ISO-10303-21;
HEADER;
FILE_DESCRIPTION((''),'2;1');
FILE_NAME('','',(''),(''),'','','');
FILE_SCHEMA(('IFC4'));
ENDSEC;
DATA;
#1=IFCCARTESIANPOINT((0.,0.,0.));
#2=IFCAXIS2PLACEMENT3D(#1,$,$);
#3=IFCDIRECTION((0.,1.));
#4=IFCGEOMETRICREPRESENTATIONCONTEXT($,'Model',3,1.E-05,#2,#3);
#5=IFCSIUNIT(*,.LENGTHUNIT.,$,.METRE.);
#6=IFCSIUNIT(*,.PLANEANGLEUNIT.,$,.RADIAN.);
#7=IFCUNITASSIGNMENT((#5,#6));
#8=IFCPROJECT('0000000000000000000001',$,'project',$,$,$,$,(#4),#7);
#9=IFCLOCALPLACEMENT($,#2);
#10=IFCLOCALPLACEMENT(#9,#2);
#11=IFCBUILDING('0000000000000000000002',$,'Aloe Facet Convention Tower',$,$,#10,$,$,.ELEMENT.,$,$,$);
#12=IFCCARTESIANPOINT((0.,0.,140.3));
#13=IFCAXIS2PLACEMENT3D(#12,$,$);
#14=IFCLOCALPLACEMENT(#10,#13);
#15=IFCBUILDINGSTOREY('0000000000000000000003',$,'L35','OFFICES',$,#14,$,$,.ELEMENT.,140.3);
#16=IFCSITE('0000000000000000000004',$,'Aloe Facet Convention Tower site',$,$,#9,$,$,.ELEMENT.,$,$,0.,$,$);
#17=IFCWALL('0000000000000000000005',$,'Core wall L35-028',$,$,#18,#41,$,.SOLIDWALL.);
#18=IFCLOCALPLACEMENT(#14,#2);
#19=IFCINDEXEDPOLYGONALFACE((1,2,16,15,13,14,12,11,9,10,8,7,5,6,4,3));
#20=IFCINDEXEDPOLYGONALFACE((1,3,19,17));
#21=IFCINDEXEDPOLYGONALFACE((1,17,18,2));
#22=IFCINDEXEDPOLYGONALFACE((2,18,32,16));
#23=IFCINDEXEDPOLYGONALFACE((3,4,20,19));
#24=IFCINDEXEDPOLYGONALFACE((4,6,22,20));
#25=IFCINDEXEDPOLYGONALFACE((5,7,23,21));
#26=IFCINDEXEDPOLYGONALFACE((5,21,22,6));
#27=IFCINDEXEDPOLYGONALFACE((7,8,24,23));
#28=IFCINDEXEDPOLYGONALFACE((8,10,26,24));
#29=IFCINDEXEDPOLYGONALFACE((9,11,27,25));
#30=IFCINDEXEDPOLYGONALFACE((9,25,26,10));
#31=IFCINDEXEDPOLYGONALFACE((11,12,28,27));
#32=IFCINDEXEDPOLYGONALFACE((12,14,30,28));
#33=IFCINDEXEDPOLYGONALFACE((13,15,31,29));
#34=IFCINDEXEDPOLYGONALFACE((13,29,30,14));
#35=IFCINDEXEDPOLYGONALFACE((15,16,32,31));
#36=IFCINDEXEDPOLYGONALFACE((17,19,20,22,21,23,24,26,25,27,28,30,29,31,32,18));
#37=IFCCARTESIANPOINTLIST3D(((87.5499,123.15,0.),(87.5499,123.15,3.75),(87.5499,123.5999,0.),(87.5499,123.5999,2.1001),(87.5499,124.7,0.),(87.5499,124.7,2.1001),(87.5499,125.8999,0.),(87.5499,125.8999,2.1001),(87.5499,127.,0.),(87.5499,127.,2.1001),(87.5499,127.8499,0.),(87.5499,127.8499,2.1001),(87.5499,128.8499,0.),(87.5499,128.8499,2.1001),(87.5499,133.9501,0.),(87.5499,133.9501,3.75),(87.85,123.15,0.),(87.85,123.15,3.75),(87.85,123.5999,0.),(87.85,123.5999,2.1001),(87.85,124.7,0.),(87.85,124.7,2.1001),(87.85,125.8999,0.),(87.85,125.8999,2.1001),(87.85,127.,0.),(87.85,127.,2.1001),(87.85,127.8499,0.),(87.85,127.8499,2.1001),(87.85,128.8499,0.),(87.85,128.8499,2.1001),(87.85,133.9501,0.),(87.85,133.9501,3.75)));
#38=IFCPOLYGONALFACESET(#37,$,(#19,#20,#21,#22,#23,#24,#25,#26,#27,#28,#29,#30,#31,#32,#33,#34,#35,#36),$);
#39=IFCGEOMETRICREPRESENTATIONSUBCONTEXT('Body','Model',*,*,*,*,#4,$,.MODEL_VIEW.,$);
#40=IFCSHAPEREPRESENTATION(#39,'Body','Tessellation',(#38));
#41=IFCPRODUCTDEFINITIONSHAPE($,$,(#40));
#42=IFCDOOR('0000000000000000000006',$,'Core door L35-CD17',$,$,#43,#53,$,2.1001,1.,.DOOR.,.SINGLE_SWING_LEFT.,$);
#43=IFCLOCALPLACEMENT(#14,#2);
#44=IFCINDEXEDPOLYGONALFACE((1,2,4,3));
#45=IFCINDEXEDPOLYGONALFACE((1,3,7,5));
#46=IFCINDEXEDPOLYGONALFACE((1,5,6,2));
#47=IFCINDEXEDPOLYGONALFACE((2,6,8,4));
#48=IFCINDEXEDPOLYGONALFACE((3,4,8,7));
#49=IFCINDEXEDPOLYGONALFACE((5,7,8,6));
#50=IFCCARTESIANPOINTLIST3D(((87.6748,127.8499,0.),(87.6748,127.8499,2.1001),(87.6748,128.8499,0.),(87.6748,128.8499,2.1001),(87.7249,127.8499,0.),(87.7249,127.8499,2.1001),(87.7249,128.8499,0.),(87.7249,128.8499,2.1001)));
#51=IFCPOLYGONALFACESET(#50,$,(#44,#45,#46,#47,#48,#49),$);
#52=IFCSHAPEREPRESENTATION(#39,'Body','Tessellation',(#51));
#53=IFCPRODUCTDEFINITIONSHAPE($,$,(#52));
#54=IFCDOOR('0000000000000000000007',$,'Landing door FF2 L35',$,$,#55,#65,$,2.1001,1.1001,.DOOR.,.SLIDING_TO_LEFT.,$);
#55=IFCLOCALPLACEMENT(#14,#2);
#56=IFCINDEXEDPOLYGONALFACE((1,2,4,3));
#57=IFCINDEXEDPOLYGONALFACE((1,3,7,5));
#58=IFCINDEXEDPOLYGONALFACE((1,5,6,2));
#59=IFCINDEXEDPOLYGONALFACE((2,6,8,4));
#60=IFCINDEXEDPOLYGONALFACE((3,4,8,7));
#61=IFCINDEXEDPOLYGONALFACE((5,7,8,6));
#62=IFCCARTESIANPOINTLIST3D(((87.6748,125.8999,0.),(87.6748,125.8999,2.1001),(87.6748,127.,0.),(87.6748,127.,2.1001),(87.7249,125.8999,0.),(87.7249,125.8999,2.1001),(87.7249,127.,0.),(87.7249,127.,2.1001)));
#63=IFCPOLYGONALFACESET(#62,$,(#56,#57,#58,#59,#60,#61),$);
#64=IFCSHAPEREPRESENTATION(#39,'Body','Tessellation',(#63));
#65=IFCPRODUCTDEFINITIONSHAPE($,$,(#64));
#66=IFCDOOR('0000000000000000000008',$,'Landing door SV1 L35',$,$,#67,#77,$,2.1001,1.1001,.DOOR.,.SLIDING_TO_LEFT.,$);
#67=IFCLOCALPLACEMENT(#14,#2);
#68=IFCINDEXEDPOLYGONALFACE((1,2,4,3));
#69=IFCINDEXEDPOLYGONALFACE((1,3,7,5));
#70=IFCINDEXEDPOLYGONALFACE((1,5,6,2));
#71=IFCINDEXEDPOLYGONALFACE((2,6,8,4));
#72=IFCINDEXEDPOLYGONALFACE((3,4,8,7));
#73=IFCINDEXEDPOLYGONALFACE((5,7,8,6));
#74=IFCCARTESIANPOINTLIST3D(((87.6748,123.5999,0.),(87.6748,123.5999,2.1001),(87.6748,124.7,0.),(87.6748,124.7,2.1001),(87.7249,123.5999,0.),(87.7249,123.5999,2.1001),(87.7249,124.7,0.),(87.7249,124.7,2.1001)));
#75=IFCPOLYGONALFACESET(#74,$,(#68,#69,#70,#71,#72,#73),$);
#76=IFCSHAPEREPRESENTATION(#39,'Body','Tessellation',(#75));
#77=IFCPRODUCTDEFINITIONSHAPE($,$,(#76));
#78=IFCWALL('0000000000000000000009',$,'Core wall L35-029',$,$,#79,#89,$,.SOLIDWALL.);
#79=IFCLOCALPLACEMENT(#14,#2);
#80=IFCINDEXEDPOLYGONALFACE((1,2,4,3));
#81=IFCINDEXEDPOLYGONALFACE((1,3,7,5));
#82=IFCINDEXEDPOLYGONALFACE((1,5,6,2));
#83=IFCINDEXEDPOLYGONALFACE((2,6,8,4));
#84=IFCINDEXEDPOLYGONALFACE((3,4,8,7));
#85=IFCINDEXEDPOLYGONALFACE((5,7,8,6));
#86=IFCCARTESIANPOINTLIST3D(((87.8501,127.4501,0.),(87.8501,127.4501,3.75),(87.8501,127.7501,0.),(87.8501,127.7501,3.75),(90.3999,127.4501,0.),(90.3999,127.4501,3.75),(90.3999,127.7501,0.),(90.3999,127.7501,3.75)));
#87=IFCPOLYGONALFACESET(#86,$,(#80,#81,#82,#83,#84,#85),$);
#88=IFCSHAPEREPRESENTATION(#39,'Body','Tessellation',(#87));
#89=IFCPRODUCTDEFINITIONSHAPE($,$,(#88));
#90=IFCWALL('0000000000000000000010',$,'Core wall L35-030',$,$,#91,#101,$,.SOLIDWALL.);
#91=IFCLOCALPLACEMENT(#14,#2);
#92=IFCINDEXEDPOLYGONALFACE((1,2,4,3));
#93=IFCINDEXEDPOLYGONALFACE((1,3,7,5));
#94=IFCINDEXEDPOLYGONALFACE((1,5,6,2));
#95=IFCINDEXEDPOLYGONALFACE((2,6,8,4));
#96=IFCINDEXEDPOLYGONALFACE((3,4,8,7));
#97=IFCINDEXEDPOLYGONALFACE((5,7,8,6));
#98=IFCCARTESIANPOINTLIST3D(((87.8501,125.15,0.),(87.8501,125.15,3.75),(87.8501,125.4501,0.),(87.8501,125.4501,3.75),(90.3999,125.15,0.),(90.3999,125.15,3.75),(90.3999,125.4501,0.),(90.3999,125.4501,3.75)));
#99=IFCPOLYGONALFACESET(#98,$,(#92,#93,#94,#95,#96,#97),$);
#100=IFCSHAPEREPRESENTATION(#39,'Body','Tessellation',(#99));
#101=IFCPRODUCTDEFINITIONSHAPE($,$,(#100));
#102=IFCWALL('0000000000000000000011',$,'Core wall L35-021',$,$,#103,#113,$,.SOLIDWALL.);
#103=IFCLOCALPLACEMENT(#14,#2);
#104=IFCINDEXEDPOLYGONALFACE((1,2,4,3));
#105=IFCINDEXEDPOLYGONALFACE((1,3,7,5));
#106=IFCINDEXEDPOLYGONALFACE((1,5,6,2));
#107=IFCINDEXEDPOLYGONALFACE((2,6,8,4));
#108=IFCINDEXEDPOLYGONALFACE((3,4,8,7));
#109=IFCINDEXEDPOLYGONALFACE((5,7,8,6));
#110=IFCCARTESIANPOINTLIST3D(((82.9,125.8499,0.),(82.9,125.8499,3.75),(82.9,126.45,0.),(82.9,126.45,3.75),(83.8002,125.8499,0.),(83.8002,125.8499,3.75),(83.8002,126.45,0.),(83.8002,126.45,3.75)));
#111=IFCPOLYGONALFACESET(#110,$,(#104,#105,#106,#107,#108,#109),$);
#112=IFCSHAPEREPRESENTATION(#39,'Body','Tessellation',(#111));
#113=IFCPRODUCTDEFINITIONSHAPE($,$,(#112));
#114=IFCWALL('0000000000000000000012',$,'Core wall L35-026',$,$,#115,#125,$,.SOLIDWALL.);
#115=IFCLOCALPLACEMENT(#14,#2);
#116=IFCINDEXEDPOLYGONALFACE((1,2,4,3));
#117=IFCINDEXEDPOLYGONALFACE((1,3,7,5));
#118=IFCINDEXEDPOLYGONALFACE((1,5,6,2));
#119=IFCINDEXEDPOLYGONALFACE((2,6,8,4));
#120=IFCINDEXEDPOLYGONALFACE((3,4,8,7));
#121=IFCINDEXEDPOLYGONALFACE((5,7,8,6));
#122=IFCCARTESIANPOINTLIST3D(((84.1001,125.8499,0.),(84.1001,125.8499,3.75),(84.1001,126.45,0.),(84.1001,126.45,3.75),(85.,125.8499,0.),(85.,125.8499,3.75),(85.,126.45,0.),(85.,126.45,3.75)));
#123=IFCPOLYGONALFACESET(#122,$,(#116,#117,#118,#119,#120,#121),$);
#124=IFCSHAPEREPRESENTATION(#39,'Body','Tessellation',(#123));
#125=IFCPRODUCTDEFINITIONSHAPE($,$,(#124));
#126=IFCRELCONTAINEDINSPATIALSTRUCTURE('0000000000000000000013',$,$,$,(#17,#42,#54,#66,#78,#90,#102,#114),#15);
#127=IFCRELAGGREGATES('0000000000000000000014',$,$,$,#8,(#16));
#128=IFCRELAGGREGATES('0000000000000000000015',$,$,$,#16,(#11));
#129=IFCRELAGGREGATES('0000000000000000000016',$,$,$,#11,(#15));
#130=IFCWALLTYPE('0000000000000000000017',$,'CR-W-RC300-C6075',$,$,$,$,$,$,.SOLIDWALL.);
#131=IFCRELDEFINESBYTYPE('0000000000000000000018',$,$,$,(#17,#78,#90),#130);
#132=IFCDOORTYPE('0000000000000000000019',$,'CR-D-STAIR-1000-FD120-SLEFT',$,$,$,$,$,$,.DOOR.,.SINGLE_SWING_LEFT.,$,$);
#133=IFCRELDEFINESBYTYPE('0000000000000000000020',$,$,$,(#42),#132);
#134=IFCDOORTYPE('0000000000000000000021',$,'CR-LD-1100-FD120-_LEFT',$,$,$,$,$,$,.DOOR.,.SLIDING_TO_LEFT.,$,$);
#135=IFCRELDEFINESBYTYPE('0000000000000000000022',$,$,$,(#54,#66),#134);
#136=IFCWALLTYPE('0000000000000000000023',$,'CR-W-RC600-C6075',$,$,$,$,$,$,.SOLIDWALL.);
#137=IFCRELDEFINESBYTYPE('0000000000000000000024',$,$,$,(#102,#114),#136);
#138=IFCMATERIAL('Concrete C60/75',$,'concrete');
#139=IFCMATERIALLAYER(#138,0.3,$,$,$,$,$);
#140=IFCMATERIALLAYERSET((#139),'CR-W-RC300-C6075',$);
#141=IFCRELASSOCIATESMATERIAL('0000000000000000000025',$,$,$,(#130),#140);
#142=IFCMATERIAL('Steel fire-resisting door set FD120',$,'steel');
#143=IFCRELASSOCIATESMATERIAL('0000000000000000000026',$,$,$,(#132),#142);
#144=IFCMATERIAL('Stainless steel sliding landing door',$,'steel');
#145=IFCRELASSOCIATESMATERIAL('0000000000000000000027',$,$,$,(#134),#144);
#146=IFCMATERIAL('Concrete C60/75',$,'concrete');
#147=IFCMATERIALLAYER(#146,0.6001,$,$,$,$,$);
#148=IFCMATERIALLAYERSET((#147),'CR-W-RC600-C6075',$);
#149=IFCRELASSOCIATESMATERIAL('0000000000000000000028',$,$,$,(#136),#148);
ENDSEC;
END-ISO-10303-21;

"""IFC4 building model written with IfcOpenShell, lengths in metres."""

from ifc_helpers import new_model, si_unit, direction, frame, frame_2d, origin, place, context, subcontext, project, spatial, rectangle, extrude, material, layer, layer_set, type_object, element, fill, save


model = new_model("IFC4")

# Units and contexts
model_context = context("Model", 3, precision=1e-05, world=origin(), true_north=direction((0.0, 1.0)))
body_context = subcontext(model_context, "Body", "Model", "MODEL_VIEW")
ifc_project = project(units=[si_unit("LENGTHUNIT", "METRE"), si_unit("PLANEANGLEUNIT", "RADIAN")], contexts=[model_context])

# Site, building, storey
site_placement = place(None, origin())
site = spatial("IfcSite", under=ifc_project, at=site_placement, Name="Aloe Facet Convention Tower site", CompositionType="ELEMENT", RefElevation=0.0)
building_placement = place(site_placement, origin())
building = spatial("IfcBuilding", under=site, at=building_placement, Name="Aloe Facet Convention Tower", CompositionType="ELEMENT")
storey_placement = place(building_placement, frame((0.0, 0.0, 140.3)))
storey = spatial("IfcBuildingStorey", under=building, at=storey_placement, Name="L35", Description="OFFICES", CompositionType="ELEMENT", Elevation=140.3)

# Shared definitions
ifc_material_1 = material(Name="Concrete C60/75", Category="concrete")
ifc_layer_1 = layer(ifc_material_1, 0.3)
ifc_layer_set_1 = layer_set([ifc_layer_1], Name="CR-W-RC300-C6075")
wall_type_1 = type_object("IfcWallType", Name="CR-W-RC300-C6075", PredefinedType="SOLIDWALL", material=ifc_layer_set_1)

# Wall, openings, doors
wall_1_placement = place(storey_placement, frame((87.7, 133.95, 0.0), z_axis=(0.0, 0.0, 1.0), x_axis=(0.0, -1.0, 0.0)))
wall_1 = element("IfcWall", 1, at=wall_1_placement, inside=storey, type_object=wall_type_1, Name="Core wall L35-028", PredefinedType="SOLIDWALL", context=body_context, shape_type="SweptSolid", body=[
    extrude(rectangle(XDim=10.8, YDim=0.3, at=frame_2d((5.3999, 0.0))), origin(), (0.0, 0.0, 1.0), 3.75),
])
opening_1_placement = place(wall_1_placement, frame((6.95, 0.0, 0.0)))
opening_1 = element("IfcOpeningElement", 2, at=opening_1_placement, cuts=wall_1, PredefinedType="OPENING", context=body_context, shape_type="SweptSolid", body=[
    extrude(rectangle(XDim=1.1001, YDim=2.1001, at=frame_2d((0.55, 1.05))), frame((0.0, 0.1602, 0.0), z_axis=(0.0, -1.0, 0.0), x_axis=(1.0, 0.0, 0.0)), (0.0, 0.0, 1.0), 0.3201),
])
opening_2_placement = place(wall_1_placement, frame((5.1001, 0.0, 0.0)))
opening_2 = element("IfcOpeningElement", 3, at=opening_2_placement, cuts=wall_1, PredefinedType="OPENING", context=body_context, shape_type="SweptSolid", body=[
    extrude(rectangle(XDim=1.0, YDim=2.1001, at=frame_2d((0.5, 1.05))), frame((0.0, 0.1602, 0.0), z_axis=(0.0, -1.0, 0.0), x_axis=(1.0, 0.0, 0.0)), (0.0, 0.0, 1.0), 0.3201),
])
opening_3_placement = place(wall_1_placement, frame((9.25, 0.0, 0.0)))
opening_3 = element("IfcOpeningElement", 4, at=opening_3_placement, cuts=wall_1, PredefinedType="OPENING", context=body_context, shape_type="SweptSolid", body=[
    extrude(rectangle(XDim=1.1001, YDim=2.1001, at=frame_2d((0.55, 1.05))), frame((0.0, 0.1602, 0.0), z_axis=(0.0, -1.0, 0.0), x_axis=(1.0, 0.0, 0.0)), (0.0, 0.0, 1.0), 0.3201),
])
ifc_material_2 = material(Name="Steel fire-resisting door set FD120", Category="steel")
door_type_1 = type_object("IfcDoorType", Name="CR-D-STAIR-1000-FD120-SLEFT", OperationType="SINGLE_SWING_LEFT", PredefinedType="DOOR", material=ifc_material_2)
door_1_placement = place(opening_2_placement, origin())
door_1 = element("IfcDoor", 5, at=door_1_placement, inside=storey, type_object=door_type_1, Name="Core door L35-CD17", OperationType="SINGLE_SWING_LEFT", OverallHeight=2.1001, OverallWidth=1.0, PredefinedType="DOOR", context=body_context, shape_type="SweptSolid", body=[
    extrude(rectangle(XDim=1.0, YDim=2.1001, at=frame_2d((0.5, 1.05))), frame((0.0, 0.0249, 0.0), z_axis=(0.0, -1.0, 0.0), x_axis=(1.0, 0.0, 0.0)), (0.0, 0.0, 1.0), 0.05),
])
fill(opening_2, door_1)
ifc_material_3 = material(Name="Stainless steel sliding landing door", Category="steel")
door_type_2 = type_object("IfcDoorType", Name="CR-LD-1100-FD120-_LEFT", OperationType="SLIDING_TO_LEFT", PredefinedType="DOOR", material=ifc_material_3)
door_2_placement = place(opening_1_placement, origin())
door_2 = element("IfcDoor", 6, at=door_2_placement, inside=storey, type_object=door_type_2, Name="Landing door FF2 L35", OperationType="SLIDING_TO_LEFT", OverallHeight=2.1001, OverallWidth=1.1001, PredefinedType="DOOR", context=body_context, shape_type="SweptSolid", body=[
    extrude(rectangle(XDim=1.1001, YDim=2.1001, at=frame_2d((0.55, 1.05))), frame((0.0, 0.0249, 0.0), z_axis=(0.0, -1.0, 0.0), x_axis=(1.0, 0.0, 0.0)), (0.0, 0.0, 1.0), 0.05),
])
fill(opening_1, door_2)
door_3_placement = place(opening_3_placement, origin())
door_3 = element("IfcDoor", 7, at=door_3_placement, inside=storey, type_object=door_type_2, Name="Landing door SV1 L35", OperationType="SLIDING_TO_LEFT", OverallHeight=2.1001, OverallWidth=1.1001, PredefinedType="DOOR", context=body_context, shape_type="SweptSolid", body=[
    extrude(rectangle(XDim=1.1001, YDim=2.1001, at=frame_2d((0.55, 1.05))), frame((0.0, 0.0249, 0.0), z_axis=(0.0, -1.0, 0.0), x_axis=(1.0, 0.0, 0.0)), (0.0, 0.0, 1.0), 0.05),
])
fill(opening_3, door_3)

# Walls
for number, where, z_axis, x_axis, name in (
    (8, (87.8501, 127.6001, 0.0), (0.0, 0.0, 1.0), (1.0, 0.0, 0.0), "Core wall L35-029"),
    (9, (87.8501, 125.3, 0.0), (0.0, 0.0, 1.0), (1.0, 0.0, 0.0), "Core wall L35-030"),
):
    element("IfcWall", number, at=place(storey_placement, frame(where, z_axis=z_axis, x_axis=x_axis)), inside=storey, type_object=wall_type_1, Name=name, PredefinedType="SOLIDWALL", context=body_context, shape_type="SweptSolid", body=[
        extrude(rectangle(XDim=2.5498, YDim=0.3, at=frame_2d((1.2749, 0.0))), origin(), (0.0, 0.0, 1.0), 3.75),
    ])
ifc_material_4 = material(Name="Concrete C60/75", Category="concrete")
ifc_layer_2 = layer(ifc_material_4, 0.6001)
ifc_layer_set_2 = layer_set([ifc_layer_2], Name="CR-W-RC600-C6075")
wall_type_2 = type_object("IfcWallType", Name="CR-W-RC600-C6075", PredefinedType="SOLIDWALL", material=ifc_layer_set_2)
wall_2_placement = place(storey_placement, frame((82.8999, 126.1499, 0.0), z_axis=(0.0, 0.0, 1.0), x_axis=(1.0, 0.0, 0.0)))
element("IfcWall", 10, at=wall_2_placement, inside=storey, type_object=wall_type_2, Name="Core wall L35-021", PredefinedType="SOLIDWALL", context=body_context, shape_type="SweptSolid", body=[
    extrude(rectangle(XDim=0.9001, YDim=0.6001, at=frame_2d((0.4502, 0.0))), origin(), (0.0, 0.0, 1.0), 3.75),
])
wall_3_placement = place(storey_placement, frame((84.1001, 126.1499, 0.0), z_axis=(0.0, 0.0, 1.0), x_axis=(1.0, 0.0, 0.0)))
element("IfcWall", 11, at=wall_3_placement, inside=storey, type_object=wall_type_2, Name="Core wall L35-026", PredefinedType="SOLIDWALL", context=body_context, shape_type="SweptSolid", body=[
    extrude(rectangle(XDim=0.8999, YDim=0.6001, at=frame_2d((0.45, 0.0))), origin(), (0.0, 0.0, 1.0), 3.75),
])

save(model, "model.ifc")
